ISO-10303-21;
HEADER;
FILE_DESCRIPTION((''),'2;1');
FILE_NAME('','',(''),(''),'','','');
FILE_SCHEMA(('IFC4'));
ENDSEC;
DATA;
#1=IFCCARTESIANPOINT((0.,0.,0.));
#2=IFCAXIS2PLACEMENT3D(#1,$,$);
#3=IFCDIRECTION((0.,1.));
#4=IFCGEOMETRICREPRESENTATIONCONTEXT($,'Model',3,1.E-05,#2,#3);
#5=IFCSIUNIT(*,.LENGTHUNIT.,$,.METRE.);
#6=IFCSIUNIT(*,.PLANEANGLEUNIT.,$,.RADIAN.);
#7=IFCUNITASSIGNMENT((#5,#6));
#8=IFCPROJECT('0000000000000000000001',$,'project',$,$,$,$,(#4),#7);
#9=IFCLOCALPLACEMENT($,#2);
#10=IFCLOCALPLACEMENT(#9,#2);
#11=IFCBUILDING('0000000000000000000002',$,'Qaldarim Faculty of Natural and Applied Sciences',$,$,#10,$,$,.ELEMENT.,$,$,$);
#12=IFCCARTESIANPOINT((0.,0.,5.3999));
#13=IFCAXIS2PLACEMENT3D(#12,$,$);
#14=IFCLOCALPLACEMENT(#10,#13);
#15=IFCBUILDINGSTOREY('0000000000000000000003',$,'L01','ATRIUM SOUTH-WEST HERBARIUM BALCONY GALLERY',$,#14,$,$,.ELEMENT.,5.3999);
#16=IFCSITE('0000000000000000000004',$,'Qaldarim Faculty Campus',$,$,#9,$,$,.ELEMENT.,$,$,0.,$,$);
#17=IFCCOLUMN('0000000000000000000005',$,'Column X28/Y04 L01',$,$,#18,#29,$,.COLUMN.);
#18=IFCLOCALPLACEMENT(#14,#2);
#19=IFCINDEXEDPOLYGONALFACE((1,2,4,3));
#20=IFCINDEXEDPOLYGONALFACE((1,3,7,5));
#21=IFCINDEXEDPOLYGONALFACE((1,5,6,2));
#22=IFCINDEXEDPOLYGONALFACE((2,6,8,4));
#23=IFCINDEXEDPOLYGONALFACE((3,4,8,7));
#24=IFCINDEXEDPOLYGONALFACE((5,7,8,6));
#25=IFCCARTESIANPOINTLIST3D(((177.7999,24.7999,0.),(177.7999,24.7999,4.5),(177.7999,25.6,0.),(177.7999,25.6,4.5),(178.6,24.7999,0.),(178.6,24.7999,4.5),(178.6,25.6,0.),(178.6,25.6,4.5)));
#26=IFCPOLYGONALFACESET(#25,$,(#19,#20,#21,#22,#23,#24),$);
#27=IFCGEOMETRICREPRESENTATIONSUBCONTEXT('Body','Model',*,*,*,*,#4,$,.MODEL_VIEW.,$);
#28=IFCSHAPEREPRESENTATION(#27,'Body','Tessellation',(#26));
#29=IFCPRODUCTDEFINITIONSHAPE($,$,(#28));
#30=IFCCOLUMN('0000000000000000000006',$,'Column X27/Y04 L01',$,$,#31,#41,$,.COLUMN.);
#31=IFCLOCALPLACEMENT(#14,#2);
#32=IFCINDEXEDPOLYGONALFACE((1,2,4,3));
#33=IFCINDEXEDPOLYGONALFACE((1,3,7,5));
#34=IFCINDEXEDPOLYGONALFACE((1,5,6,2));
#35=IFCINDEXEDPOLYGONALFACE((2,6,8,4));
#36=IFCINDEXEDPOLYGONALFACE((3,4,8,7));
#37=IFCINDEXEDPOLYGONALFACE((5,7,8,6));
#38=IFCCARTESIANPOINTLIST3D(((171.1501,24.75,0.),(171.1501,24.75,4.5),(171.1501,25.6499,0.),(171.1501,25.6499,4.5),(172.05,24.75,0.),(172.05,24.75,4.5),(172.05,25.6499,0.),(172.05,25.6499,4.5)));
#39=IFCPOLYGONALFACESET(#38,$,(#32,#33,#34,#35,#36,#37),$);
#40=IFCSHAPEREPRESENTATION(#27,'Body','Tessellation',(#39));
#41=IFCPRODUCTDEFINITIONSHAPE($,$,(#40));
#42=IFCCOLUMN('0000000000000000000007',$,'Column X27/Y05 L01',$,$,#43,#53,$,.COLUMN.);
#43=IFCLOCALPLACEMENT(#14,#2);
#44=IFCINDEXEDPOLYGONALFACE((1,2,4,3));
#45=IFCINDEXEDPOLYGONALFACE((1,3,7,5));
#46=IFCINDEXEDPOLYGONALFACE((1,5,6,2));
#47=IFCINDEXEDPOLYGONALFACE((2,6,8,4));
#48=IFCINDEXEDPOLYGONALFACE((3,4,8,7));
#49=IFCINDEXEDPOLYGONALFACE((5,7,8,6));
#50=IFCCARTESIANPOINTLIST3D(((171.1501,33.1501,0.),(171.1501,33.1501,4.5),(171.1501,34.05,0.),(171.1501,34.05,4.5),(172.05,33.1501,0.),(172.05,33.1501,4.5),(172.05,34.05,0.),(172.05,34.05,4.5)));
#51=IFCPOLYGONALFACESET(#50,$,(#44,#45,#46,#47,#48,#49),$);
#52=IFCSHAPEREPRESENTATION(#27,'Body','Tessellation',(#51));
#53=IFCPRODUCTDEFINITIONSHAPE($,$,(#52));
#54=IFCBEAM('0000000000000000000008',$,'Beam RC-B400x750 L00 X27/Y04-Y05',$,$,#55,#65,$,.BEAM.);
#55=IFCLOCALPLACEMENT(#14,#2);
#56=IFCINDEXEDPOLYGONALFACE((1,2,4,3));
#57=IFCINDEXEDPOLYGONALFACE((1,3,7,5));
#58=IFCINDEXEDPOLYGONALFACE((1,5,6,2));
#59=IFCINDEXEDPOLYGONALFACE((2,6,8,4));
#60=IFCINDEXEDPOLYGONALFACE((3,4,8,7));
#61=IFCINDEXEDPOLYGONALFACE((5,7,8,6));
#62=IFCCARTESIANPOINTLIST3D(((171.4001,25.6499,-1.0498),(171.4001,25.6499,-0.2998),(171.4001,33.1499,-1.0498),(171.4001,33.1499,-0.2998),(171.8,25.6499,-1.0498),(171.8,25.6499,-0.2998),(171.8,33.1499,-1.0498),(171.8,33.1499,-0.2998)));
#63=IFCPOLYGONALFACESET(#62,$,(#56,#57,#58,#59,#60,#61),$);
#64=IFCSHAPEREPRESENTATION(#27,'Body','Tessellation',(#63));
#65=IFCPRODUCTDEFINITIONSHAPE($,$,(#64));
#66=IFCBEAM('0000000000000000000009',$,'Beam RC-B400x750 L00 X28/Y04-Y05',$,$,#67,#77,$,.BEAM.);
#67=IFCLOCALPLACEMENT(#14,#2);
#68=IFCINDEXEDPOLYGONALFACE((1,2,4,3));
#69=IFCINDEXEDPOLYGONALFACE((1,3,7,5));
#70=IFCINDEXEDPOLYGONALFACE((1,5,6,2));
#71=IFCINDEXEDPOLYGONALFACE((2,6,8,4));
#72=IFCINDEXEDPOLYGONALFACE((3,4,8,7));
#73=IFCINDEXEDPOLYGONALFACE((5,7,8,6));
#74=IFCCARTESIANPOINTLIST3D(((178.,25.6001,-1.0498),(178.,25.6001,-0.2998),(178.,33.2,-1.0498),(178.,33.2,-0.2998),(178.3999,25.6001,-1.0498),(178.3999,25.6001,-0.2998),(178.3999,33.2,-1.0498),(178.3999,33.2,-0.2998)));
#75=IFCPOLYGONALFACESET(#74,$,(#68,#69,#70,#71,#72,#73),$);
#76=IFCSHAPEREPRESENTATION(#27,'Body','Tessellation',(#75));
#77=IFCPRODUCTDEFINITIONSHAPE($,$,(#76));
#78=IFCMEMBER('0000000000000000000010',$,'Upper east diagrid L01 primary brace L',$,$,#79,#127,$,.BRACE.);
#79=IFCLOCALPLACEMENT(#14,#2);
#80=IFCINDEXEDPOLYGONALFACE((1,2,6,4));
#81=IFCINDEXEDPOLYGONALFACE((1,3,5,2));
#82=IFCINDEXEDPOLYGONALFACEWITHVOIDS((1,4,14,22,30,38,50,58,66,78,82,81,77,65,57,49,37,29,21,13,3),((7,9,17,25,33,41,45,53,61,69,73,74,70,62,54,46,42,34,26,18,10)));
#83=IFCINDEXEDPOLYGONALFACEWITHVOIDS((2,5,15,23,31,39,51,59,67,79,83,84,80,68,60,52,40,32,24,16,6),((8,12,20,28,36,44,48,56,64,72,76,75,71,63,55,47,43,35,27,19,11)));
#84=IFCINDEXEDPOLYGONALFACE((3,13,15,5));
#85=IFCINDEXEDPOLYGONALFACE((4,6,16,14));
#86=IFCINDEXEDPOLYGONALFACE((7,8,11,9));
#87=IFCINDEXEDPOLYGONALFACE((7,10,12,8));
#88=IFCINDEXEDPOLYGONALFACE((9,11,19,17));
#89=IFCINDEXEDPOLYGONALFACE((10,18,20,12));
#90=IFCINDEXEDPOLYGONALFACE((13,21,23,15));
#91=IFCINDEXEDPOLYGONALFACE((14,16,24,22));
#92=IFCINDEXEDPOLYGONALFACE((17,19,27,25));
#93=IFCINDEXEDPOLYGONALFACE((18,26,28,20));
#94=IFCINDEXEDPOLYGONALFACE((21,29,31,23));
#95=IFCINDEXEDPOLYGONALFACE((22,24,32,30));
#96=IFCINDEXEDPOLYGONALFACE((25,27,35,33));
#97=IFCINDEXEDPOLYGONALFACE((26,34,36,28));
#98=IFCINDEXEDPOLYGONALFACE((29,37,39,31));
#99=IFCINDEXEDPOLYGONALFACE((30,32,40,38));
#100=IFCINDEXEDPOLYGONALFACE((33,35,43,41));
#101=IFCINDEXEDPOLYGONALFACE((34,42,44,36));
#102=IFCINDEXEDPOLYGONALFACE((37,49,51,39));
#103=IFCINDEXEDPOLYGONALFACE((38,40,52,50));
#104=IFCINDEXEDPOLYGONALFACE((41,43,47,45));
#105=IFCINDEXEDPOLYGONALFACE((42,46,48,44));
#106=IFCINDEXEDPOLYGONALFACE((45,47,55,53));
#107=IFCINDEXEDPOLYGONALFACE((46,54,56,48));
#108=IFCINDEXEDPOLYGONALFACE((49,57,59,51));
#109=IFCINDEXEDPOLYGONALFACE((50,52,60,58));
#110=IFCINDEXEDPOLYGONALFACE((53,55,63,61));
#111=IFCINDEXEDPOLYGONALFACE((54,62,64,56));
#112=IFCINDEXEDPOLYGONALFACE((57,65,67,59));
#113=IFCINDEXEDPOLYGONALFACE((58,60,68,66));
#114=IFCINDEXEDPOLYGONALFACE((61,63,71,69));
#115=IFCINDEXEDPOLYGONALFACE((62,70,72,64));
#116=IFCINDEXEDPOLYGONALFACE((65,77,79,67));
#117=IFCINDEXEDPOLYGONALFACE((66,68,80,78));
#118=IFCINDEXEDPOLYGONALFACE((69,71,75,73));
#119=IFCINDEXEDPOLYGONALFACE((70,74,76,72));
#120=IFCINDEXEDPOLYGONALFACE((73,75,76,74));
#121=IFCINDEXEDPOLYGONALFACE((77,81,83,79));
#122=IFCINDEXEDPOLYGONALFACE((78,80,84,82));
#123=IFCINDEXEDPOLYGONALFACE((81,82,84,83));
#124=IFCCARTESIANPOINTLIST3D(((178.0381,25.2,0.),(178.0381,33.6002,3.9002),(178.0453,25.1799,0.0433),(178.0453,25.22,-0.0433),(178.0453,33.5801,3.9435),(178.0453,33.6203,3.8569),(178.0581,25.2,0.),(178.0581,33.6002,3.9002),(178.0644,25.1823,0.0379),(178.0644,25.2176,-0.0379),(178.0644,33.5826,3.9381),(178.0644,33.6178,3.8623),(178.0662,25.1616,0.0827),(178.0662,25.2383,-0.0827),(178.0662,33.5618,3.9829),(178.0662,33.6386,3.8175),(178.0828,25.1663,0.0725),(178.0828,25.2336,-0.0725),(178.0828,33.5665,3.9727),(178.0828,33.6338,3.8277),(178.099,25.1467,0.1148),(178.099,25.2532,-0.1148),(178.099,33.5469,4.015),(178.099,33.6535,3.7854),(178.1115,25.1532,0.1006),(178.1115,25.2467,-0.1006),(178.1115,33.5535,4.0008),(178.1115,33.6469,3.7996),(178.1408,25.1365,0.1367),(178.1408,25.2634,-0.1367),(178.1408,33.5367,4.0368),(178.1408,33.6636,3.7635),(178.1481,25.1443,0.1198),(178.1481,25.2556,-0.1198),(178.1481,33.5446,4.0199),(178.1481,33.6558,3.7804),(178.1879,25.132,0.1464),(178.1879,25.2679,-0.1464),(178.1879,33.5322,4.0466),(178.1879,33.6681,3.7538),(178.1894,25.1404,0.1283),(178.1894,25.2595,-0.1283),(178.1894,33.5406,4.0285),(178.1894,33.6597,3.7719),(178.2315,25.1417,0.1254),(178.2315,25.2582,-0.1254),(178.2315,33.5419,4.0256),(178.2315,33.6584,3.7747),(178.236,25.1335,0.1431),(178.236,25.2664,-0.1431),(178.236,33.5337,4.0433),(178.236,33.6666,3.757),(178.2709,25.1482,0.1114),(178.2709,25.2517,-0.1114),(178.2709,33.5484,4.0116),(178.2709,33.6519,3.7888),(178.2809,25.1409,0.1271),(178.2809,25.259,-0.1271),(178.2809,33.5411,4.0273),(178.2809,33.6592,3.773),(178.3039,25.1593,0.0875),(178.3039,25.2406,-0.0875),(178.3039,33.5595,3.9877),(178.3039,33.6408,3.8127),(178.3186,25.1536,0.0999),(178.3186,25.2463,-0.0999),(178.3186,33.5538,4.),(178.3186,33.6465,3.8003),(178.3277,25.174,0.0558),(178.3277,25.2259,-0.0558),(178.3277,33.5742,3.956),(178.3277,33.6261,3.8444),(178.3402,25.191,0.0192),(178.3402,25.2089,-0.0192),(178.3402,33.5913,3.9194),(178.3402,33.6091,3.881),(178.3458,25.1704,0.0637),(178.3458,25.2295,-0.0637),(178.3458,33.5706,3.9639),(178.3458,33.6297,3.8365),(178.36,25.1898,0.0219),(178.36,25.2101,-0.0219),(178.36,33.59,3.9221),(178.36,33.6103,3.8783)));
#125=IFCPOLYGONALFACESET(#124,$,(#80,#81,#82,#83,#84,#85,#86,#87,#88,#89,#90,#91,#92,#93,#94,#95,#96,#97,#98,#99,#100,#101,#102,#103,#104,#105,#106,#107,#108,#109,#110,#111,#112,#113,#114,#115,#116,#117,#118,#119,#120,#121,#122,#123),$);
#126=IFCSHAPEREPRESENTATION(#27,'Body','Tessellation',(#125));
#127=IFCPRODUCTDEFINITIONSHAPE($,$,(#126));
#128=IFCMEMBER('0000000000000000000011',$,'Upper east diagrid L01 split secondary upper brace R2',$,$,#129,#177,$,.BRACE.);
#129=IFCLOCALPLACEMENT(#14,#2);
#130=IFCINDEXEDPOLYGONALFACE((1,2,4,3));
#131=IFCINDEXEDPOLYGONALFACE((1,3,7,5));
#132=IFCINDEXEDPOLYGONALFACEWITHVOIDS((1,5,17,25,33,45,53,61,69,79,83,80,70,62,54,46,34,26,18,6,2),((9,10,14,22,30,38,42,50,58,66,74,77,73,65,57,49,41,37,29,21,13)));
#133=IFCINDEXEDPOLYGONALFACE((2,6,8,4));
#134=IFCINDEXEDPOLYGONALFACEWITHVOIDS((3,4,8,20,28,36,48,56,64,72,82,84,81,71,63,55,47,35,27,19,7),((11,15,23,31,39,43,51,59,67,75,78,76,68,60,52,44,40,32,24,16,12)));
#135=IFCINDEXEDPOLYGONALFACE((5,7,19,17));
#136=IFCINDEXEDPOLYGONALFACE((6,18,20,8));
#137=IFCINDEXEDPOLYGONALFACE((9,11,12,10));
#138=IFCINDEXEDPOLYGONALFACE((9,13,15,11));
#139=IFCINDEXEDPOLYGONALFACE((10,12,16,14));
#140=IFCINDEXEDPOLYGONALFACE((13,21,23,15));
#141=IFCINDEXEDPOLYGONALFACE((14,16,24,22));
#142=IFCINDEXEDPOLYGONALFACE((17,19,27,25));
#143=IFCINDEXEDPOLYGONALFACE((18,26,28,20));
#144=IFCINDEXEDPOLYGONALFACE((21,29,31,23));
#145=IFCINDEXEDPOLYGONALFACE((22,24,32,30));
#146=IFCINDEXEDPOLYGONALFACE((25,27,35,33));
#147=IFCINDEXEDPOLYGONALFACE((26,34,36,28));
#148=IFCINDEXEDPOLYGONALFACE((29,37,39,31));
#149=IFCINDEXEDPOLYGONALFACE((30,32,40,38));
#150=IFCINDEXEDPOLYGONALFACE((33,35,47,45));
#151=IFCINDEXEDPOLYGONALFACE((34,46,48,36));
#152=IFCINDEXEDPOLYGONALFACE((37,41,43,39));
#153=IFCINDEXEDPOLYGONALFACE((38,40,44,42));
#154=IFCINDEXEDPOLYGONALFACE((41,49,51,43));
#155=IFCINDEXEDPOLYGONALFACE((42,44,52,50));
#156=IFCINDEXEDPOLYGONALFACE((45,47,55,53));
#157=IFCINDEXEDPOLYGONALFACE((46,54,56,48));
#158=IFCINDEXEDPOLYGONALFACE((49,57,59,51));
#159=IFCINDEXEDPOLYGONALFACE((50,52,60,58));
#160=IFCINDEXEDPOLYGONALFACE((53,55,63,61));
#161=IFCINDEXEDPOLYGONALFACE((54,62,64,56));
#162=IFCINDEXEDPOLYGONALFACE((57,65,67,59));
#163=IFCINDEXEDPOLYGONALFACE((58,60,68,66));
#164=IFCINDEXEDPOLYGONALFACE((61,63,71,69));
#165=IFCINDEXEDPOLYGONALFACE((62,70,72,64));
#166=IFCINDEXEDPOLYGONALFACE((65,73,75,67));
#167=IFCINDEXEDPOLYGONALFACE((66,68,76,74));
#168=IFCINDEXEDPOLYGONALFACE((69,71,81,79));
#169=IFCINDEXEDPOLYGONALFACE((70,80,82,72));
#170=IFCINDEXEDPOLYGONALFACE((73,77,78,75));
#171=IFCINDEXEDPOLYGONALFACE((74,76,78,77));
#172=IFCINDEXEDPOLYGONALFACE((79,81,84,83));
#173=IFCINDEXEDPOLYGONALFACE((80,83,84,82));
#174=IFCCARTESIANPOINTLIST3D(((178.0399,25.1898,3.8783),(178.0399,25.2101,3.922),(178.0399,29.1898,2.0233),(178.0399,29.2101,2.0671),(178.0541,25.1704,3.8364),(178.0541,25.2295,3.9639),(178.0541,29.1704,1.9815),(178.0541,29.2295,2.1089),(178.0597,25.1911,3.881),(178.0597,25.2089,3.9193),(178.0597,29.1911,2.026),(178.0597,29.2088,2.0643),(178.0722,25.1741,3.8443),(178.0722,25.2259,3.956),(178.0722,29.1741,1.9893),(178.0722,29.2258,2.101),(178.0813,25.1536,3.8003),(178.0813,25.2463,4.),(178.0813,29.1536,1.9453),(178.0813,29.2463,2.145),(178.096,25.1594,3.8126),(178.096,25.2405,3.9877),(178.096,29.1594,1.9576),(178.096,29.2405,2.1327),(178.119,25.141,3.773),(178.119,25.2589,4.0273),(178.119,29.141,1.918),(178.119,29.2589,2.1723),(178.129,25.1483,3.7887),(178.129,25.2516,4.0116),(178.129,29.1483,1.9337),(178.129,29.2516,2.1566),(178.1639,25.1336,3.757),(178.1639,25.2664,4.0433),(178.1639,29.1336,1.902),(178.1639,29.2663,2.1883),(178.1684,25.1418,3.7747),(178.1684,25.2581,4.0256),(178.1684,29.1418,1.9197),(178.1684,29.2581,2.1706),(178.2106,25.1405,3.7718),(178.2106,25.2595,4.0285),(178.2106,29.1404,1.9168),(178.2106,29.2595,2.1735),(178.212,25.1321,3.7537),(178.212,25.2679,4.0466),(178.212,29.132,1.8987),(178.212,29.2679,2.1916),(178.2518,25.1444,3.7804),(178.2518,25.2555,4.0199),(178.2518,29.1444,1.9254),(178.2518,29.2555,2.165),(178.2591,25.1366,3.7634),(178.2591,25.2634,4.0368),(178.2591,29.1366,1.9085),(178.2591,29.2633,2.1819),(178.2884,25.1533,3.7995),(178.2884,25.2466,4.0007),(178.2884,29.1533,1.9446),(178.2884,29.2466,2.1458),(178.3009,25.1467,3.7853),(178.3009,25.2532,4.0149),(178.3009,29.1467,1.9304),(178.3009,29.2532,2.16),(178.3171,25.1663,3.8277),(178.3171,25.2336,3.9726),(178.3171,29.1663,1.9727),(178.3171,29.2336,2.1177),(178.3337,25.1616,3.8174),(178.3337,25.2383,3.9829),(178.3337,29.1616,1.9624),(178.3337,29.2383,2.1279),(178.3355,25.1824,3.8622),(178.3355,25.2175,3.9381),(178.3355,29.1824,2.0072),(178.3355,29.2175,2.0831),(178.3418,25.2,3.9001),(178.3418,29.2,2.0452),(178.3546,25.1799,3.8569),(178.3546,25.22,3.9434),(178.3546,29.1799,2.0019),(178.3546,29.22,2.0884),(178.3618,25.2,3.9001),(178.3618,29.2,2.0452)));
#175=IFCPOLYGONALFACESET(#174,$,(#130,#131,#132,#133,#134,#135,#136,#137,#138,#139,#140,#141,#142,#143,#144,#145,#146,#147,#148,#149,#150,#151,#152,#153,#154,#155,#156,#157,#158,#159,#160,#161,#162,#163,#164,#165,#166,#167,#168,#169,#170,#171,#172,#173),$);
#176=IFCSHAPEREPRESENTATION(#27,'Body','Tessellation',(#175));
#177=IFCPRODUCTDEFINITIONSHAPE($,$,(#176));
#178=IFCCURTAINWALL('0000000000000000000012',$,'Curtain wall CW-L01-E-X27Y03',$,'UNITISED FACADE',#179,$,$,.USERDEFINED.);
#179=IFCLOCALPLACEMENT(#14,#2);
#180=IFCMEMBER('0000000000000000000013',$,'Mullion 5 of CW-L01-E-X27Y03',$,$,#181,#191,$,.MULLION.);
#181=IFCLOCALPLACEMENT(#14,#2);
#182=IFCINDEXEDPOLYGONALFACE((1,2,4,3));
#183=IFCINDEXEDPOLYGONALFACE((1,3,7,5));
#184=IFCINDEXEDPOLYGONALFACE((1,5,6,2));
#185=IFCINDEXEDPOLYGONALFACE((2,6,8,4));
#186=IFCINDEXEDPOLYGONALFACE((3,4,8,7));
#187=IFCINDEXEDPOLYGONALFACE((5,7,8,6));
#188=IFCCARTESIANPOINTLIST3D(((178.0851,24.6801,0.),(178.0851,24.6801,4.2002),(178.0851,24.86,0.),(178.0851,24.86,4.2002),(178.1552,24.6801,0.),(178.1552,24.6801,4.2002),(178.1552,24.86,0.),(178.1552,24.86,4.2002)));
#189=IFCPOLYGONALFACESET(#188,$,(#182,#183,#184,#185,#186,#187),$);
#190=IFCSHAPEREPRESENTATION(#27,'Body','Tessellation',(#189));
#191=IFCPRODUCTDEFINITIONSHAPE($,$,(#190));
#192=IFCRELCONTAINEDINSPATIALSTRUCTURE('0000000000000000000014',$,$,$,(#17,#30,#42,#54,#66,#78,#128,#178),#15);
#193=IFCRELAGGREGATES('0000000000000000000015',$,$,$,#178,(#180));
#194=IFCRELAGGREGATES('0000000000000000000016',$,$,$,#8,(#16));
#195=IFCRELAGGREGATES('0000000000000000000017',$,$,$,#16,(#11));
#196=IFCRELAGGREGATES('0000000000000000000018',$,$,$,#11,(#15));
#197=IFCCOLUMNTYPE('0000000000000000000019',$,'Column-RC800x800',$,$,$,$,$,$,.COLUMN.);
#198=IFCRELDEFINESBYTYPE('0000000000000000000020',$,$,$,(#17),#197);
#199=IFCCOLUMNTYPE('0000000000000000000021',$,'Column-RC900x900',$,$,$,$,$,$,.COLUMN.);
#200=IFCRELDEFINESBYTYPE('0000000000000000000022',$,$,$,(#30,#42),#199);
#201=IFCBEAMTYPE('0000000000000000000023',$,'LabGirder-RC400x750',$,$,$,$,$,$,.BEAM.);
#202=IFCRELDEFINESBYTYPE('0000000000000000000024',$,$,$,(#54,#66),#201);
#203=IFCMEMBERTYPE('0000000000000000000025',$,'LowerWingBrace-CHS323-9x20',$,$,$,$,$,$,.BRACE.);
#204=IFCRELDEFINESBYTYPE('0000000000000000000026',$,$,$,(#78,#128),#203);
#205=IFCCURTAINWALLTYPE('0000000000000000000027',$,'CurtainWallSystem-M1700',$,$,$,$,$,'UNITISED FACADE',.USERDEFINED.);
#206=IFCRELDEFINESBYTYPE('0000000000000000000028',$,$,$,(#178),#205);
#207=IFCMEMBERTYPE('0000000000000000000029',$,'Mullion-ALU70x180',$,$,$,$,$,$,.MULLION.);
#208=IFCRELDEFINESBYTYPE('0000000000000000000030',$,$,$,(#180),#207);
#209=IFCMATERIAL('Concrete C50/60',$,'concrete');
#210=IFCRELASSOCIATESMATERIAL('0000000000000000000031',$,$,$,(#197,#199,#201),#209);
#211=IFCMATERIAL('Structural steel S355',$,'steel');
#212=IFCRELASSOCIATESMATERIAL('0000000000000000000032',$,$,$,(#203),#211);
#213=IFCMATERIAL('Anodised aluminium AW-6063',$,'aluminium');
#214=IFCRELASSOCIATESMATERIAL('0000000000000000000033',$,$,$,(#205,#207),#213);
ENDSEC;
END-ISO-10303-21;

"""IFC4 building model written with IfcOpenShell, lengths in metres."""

from ifc_helpers import new_model, si_unit, direction, frame, origin, origin_2d, place, context, subcontext, project, spatial, rectangle, hollow_circle, extrude, material, material_profile, profile_set, type_object, element, aggregate, save


model = new_model("IFC4")

# Units and contexts
model_context = context("Model", 3, precision=1e-05, world=origin(), true_north=direction((0.0, 1.0)))
body_context = subcontext(model_context, "Body", "Model", "MODEL_VIEW")
ifc_project = project(units=[si_unit("LENGTHUNIT", "METRE"), si_unit("PLANEANGLEUNIT", "RADIAN")], contexts=[model_context])

# Site, building, storey
site_placement = place(None, origin())
site = spatial("IfcSite", under=ifc_project, at=site_placement, Name="Qaldarim Faculty Campus", CompositionType="ELEMENT", RefElevation=0.0)
building_placement = place(site_placement, origin())
building = spatial("IfcBuilding", under=site, at=building_placement, Name="Qaldarim Faculty of Natural and Applied Sciences", CompositionType="ELEMENT")
storey_placement = place(building_placement, frame((0.0, 0.0, 5.3999)))
storey = spatial("IfcBuildingStorey", under=building, at=storey_placement, Name="L01", Description="ATRIUM SOUTH-WEST HERBARIUM BALCONY GALLERY", CompositionType="ELEMENT", Elevation=5.3999)

# Columns
ifc_material_1 = material(Name="Concrete C50/60", Category="concrete")
ifc_material_profile_1 = material_profile(ifc_material_1, rectangle(XDim=0.8, YDim=0.8, at=origin_2d()), Name="RC-C800x800")
ifc_profile_set_1 = profile_set([ifc_material_profile_1], Name="Concrete C50/60")
column_type_1 = type_object("IfcColumnType", Name="Column-RC800x800", PredefinedType="COLUMN", material=ifc_profile_set_1)
column_placement = place(storey_placement, frame((178.2, 25.2, 0.0), z_axis=(0.0, 0.0, 1.0), x_axis=(1.0, 0.0, 0.0)))
element("IfcColumn", 1, at=column_placement, inside=storey, type_object=column_type_1, Name="Column X28/Y04 L01", PredefinedType="COLUMN", context=body_context, shape_type="SweptSolid", body=[
    extrude(rectangle(XDim=0.8, YDim=0.8, at=origin_2d()), origin(), (0.0, 0.0, 1.0), 4.5),
])
ifc_material_profile_2 = material_profile(ifc_material_1, rectangle(XDim=0.8999, YDim=0.8999, at=origin_2d()), Name="RC-C900x900")
ifc_profile_set_2 = profile_set([ifc_material_profile_2], Name="Concrete C50/60")
column_type_2 = type_object("IfcColumnType", Name="Column-RC900x900", PredefinedType="COLUMN", material=ifc_profile_set_2)
for number, where, z_axis, x_axis, name in (
    (2, (171.6001, 25.2, 0.0), (0.0, 0.0, 1.0), (1.0, 0.0, 0.0), "Column X27/Y04 L01"),
    (3, (171.6001, 33.6001, 0.0), (0.0, 0.0, 1.0), (1.0, 0.0, 0.0), "Column X27/Y05 L01"),
):
    element("IfcColumn", number, at=place(storey_placement, frame(where, z_axis=z_axis, x_axis=x_axis)), inside=storey, type_object=column_type_2, Name=name, PredefinedType="COLUMN", context=body_context, shape_type="SweptSolid", body=[
        extrude(rectangle(XDim=0.8999, YDim=0.8999, at=origin_2d()), origin(), (0.0, 0.0, 1.0), 4.5),
    ])

# Beams
ifc_material_profile_3 = material_profile(ifc_material_1, rectangle(XDim=0.3999, YDim=0.75, at=origin_2d()), Name="RC-B400x750")
ifc_profile_set_3 = profile_set([ifc_material_profile_3], Name="Concrete C50/60")
beam_type_1 = type_object("IfcBeamType", Name="LabGirder-RC400x750", PredefinedType="BEAM", material=ifc_profile_set_3)
beam_1_placement = place(storey_placement, frame((171.6001, 25.6499, -0.6748), z_axis=(0.0, 1.0, 0.0), x_axis=(-1.0, 0.0, 0.0)))
element("IfcBeam", 4, at=beam_1_placement, inside=storey, type_object=beam_type_1, Name="Beam RC-B400x750 L00 X27/Y04-Y05", PredefinedType="BEAM", context=body_context, shape_type="SweptSolid", body=[
    extrude(rectangle(XDim=0.3999, YDim=0.75, at=origin_2d()), origin(), (0.0, 0.0, 1.0), 7.5),
])
beam_2_placement = place(storey_placement, frame((178.2, 25.6001, -0.6748), z_axis=(0.0, 1.0, 0.0), x_axis=(-1.0, 0.0, 0.0)))
element("IfcBeam", 5, at=beam_2_placement, inside=storey, type_object=beam_type_1, Name="Beam RC-B400x750 L00 X28/Y04-Y05", PredefinedType="BEAM", context=body_context, shape_type="SweptSolid", body=[
    extrude(rectangle(XDim=0.3999, YDim=0.75, at=origin_2d()), origin(), (0.0, 0.0, 1.0), 7.5999),
])

# Members
ifc_material_2 = material(Name="Structural steel S355", Category="steel")
ifc_material_profile_4 = material_profile(ifc_material_2, hollow_circle(Radius=0.1619, WallThickness=0.02, at=origin_2d()), Name="CHS 323.9x20.0")
ifc_profile_set_4 = profile_set([ifc_material_profile_4], Name="Structural steel S355")
member_type_1 = type_object("IfcMemberType", Name="LowerWingBrace-CHS323-9x20", PredefinedType="BRACE", material=ifc_profile_set_4)
member_1_placement = place(storey_placement, frame((178.2, 25.2, 0.0), z_axis=(0.0, 0.907006, 0.421118), x_axis=(-1.0, 0.0, 0.0)))
element("IfcMember", 6, at=member_1_placement, inside=storey, type_object=member_type_1, Name="Upper east diagrid L01 primary brace L", PredefinedType="BRACE", context=body_context, shape_type="SweptSolid", body=[
    extrude(hollow_circle(Radius=0.1619, WallThickness=0.02, at=origin_2d()), origin(), (0.0, 0.0, 1.0), 9.2615),
])
member_2_placement = place(storey_placement, frame((178.2, 29.2, 2.0452), z_axis=(0.0, -0.907196, 0.420708), x_axis=(1.0, 0.0, 0.0)))
element("IfcMember", 7, at=member_2_placement, inside=storey, type_object=member_type_1, Name="Upper east diagrid L01 split secondary upper brace R2", PredefinedType="BRACE", context=body_context, shape_type="SweptSolid", body=[
    extrude(hollow_circle(Radius=0.1619, WallThickness=0.02, at=origin_2d()), origin(), (0.0, 0.0, 1.0), 4.4092),
])

# Curtain wall, member
ifc_material_3 = material(Name="Anodised aluminium AW-6063", Category="aluminium")
curtain_wall_type = type_object("IfcCurtainWallType", Name="CurtainWallSystem-M1700", ElementType="UNITISED FACADE", PredefinedType="USERDEFINED", material=ifc_material_3)
curtain_wall_placement = place(storey_placement, origin())
curtain_wall = element("IfcCurtainWall", 8, at=curtain_wall_placement, inside=storey, type_object=curtain_wall_type, Name="Curtain wall CW-L01-E-X27Y03", ObjectType="UNITISED FACADE", PredefinedType="USERDEFINED")
ifc_material_profile_5 = material_profile(ifc_material_3, rectangle(XDim=0.0701, YDim=0.1799, at=origin_2d()), Name="ALU-M70x180")
ifc_profile_set_5 = profile_set([ifc_material_profile_5], Name="Anodised aluminium AW-6063")
member_type_2 = type_object("IfcMemberType", Name="Mullion-ALU70x180", PredefinedType="MULLION", material=ifc_profile_set_5)
member_3_placement = place(storey_placement, frame((178.1201, 24.77, 0.0), z_axis=(0.0, 0.0, 1.0), x_axis=(-1.0, 0.0, 0.0)))
member_3 = element("IfcMember", 9, at=member_3_placement, type_object=member_type_2, Name="Mullion 5 of CW-L01-E-X27Y03", PredefinedType="MULLION", context=body_context, shape_type="SweptSolid", body=[
    extrude(rectangle(XDim=0.0701, YDim=0.1799, at=origin_2d()), origin(), (0.0, 0.0, 1.0), 4.2002),
])
aggregate(curtain_wall, [member_3])

save(model, "model.ifc")
